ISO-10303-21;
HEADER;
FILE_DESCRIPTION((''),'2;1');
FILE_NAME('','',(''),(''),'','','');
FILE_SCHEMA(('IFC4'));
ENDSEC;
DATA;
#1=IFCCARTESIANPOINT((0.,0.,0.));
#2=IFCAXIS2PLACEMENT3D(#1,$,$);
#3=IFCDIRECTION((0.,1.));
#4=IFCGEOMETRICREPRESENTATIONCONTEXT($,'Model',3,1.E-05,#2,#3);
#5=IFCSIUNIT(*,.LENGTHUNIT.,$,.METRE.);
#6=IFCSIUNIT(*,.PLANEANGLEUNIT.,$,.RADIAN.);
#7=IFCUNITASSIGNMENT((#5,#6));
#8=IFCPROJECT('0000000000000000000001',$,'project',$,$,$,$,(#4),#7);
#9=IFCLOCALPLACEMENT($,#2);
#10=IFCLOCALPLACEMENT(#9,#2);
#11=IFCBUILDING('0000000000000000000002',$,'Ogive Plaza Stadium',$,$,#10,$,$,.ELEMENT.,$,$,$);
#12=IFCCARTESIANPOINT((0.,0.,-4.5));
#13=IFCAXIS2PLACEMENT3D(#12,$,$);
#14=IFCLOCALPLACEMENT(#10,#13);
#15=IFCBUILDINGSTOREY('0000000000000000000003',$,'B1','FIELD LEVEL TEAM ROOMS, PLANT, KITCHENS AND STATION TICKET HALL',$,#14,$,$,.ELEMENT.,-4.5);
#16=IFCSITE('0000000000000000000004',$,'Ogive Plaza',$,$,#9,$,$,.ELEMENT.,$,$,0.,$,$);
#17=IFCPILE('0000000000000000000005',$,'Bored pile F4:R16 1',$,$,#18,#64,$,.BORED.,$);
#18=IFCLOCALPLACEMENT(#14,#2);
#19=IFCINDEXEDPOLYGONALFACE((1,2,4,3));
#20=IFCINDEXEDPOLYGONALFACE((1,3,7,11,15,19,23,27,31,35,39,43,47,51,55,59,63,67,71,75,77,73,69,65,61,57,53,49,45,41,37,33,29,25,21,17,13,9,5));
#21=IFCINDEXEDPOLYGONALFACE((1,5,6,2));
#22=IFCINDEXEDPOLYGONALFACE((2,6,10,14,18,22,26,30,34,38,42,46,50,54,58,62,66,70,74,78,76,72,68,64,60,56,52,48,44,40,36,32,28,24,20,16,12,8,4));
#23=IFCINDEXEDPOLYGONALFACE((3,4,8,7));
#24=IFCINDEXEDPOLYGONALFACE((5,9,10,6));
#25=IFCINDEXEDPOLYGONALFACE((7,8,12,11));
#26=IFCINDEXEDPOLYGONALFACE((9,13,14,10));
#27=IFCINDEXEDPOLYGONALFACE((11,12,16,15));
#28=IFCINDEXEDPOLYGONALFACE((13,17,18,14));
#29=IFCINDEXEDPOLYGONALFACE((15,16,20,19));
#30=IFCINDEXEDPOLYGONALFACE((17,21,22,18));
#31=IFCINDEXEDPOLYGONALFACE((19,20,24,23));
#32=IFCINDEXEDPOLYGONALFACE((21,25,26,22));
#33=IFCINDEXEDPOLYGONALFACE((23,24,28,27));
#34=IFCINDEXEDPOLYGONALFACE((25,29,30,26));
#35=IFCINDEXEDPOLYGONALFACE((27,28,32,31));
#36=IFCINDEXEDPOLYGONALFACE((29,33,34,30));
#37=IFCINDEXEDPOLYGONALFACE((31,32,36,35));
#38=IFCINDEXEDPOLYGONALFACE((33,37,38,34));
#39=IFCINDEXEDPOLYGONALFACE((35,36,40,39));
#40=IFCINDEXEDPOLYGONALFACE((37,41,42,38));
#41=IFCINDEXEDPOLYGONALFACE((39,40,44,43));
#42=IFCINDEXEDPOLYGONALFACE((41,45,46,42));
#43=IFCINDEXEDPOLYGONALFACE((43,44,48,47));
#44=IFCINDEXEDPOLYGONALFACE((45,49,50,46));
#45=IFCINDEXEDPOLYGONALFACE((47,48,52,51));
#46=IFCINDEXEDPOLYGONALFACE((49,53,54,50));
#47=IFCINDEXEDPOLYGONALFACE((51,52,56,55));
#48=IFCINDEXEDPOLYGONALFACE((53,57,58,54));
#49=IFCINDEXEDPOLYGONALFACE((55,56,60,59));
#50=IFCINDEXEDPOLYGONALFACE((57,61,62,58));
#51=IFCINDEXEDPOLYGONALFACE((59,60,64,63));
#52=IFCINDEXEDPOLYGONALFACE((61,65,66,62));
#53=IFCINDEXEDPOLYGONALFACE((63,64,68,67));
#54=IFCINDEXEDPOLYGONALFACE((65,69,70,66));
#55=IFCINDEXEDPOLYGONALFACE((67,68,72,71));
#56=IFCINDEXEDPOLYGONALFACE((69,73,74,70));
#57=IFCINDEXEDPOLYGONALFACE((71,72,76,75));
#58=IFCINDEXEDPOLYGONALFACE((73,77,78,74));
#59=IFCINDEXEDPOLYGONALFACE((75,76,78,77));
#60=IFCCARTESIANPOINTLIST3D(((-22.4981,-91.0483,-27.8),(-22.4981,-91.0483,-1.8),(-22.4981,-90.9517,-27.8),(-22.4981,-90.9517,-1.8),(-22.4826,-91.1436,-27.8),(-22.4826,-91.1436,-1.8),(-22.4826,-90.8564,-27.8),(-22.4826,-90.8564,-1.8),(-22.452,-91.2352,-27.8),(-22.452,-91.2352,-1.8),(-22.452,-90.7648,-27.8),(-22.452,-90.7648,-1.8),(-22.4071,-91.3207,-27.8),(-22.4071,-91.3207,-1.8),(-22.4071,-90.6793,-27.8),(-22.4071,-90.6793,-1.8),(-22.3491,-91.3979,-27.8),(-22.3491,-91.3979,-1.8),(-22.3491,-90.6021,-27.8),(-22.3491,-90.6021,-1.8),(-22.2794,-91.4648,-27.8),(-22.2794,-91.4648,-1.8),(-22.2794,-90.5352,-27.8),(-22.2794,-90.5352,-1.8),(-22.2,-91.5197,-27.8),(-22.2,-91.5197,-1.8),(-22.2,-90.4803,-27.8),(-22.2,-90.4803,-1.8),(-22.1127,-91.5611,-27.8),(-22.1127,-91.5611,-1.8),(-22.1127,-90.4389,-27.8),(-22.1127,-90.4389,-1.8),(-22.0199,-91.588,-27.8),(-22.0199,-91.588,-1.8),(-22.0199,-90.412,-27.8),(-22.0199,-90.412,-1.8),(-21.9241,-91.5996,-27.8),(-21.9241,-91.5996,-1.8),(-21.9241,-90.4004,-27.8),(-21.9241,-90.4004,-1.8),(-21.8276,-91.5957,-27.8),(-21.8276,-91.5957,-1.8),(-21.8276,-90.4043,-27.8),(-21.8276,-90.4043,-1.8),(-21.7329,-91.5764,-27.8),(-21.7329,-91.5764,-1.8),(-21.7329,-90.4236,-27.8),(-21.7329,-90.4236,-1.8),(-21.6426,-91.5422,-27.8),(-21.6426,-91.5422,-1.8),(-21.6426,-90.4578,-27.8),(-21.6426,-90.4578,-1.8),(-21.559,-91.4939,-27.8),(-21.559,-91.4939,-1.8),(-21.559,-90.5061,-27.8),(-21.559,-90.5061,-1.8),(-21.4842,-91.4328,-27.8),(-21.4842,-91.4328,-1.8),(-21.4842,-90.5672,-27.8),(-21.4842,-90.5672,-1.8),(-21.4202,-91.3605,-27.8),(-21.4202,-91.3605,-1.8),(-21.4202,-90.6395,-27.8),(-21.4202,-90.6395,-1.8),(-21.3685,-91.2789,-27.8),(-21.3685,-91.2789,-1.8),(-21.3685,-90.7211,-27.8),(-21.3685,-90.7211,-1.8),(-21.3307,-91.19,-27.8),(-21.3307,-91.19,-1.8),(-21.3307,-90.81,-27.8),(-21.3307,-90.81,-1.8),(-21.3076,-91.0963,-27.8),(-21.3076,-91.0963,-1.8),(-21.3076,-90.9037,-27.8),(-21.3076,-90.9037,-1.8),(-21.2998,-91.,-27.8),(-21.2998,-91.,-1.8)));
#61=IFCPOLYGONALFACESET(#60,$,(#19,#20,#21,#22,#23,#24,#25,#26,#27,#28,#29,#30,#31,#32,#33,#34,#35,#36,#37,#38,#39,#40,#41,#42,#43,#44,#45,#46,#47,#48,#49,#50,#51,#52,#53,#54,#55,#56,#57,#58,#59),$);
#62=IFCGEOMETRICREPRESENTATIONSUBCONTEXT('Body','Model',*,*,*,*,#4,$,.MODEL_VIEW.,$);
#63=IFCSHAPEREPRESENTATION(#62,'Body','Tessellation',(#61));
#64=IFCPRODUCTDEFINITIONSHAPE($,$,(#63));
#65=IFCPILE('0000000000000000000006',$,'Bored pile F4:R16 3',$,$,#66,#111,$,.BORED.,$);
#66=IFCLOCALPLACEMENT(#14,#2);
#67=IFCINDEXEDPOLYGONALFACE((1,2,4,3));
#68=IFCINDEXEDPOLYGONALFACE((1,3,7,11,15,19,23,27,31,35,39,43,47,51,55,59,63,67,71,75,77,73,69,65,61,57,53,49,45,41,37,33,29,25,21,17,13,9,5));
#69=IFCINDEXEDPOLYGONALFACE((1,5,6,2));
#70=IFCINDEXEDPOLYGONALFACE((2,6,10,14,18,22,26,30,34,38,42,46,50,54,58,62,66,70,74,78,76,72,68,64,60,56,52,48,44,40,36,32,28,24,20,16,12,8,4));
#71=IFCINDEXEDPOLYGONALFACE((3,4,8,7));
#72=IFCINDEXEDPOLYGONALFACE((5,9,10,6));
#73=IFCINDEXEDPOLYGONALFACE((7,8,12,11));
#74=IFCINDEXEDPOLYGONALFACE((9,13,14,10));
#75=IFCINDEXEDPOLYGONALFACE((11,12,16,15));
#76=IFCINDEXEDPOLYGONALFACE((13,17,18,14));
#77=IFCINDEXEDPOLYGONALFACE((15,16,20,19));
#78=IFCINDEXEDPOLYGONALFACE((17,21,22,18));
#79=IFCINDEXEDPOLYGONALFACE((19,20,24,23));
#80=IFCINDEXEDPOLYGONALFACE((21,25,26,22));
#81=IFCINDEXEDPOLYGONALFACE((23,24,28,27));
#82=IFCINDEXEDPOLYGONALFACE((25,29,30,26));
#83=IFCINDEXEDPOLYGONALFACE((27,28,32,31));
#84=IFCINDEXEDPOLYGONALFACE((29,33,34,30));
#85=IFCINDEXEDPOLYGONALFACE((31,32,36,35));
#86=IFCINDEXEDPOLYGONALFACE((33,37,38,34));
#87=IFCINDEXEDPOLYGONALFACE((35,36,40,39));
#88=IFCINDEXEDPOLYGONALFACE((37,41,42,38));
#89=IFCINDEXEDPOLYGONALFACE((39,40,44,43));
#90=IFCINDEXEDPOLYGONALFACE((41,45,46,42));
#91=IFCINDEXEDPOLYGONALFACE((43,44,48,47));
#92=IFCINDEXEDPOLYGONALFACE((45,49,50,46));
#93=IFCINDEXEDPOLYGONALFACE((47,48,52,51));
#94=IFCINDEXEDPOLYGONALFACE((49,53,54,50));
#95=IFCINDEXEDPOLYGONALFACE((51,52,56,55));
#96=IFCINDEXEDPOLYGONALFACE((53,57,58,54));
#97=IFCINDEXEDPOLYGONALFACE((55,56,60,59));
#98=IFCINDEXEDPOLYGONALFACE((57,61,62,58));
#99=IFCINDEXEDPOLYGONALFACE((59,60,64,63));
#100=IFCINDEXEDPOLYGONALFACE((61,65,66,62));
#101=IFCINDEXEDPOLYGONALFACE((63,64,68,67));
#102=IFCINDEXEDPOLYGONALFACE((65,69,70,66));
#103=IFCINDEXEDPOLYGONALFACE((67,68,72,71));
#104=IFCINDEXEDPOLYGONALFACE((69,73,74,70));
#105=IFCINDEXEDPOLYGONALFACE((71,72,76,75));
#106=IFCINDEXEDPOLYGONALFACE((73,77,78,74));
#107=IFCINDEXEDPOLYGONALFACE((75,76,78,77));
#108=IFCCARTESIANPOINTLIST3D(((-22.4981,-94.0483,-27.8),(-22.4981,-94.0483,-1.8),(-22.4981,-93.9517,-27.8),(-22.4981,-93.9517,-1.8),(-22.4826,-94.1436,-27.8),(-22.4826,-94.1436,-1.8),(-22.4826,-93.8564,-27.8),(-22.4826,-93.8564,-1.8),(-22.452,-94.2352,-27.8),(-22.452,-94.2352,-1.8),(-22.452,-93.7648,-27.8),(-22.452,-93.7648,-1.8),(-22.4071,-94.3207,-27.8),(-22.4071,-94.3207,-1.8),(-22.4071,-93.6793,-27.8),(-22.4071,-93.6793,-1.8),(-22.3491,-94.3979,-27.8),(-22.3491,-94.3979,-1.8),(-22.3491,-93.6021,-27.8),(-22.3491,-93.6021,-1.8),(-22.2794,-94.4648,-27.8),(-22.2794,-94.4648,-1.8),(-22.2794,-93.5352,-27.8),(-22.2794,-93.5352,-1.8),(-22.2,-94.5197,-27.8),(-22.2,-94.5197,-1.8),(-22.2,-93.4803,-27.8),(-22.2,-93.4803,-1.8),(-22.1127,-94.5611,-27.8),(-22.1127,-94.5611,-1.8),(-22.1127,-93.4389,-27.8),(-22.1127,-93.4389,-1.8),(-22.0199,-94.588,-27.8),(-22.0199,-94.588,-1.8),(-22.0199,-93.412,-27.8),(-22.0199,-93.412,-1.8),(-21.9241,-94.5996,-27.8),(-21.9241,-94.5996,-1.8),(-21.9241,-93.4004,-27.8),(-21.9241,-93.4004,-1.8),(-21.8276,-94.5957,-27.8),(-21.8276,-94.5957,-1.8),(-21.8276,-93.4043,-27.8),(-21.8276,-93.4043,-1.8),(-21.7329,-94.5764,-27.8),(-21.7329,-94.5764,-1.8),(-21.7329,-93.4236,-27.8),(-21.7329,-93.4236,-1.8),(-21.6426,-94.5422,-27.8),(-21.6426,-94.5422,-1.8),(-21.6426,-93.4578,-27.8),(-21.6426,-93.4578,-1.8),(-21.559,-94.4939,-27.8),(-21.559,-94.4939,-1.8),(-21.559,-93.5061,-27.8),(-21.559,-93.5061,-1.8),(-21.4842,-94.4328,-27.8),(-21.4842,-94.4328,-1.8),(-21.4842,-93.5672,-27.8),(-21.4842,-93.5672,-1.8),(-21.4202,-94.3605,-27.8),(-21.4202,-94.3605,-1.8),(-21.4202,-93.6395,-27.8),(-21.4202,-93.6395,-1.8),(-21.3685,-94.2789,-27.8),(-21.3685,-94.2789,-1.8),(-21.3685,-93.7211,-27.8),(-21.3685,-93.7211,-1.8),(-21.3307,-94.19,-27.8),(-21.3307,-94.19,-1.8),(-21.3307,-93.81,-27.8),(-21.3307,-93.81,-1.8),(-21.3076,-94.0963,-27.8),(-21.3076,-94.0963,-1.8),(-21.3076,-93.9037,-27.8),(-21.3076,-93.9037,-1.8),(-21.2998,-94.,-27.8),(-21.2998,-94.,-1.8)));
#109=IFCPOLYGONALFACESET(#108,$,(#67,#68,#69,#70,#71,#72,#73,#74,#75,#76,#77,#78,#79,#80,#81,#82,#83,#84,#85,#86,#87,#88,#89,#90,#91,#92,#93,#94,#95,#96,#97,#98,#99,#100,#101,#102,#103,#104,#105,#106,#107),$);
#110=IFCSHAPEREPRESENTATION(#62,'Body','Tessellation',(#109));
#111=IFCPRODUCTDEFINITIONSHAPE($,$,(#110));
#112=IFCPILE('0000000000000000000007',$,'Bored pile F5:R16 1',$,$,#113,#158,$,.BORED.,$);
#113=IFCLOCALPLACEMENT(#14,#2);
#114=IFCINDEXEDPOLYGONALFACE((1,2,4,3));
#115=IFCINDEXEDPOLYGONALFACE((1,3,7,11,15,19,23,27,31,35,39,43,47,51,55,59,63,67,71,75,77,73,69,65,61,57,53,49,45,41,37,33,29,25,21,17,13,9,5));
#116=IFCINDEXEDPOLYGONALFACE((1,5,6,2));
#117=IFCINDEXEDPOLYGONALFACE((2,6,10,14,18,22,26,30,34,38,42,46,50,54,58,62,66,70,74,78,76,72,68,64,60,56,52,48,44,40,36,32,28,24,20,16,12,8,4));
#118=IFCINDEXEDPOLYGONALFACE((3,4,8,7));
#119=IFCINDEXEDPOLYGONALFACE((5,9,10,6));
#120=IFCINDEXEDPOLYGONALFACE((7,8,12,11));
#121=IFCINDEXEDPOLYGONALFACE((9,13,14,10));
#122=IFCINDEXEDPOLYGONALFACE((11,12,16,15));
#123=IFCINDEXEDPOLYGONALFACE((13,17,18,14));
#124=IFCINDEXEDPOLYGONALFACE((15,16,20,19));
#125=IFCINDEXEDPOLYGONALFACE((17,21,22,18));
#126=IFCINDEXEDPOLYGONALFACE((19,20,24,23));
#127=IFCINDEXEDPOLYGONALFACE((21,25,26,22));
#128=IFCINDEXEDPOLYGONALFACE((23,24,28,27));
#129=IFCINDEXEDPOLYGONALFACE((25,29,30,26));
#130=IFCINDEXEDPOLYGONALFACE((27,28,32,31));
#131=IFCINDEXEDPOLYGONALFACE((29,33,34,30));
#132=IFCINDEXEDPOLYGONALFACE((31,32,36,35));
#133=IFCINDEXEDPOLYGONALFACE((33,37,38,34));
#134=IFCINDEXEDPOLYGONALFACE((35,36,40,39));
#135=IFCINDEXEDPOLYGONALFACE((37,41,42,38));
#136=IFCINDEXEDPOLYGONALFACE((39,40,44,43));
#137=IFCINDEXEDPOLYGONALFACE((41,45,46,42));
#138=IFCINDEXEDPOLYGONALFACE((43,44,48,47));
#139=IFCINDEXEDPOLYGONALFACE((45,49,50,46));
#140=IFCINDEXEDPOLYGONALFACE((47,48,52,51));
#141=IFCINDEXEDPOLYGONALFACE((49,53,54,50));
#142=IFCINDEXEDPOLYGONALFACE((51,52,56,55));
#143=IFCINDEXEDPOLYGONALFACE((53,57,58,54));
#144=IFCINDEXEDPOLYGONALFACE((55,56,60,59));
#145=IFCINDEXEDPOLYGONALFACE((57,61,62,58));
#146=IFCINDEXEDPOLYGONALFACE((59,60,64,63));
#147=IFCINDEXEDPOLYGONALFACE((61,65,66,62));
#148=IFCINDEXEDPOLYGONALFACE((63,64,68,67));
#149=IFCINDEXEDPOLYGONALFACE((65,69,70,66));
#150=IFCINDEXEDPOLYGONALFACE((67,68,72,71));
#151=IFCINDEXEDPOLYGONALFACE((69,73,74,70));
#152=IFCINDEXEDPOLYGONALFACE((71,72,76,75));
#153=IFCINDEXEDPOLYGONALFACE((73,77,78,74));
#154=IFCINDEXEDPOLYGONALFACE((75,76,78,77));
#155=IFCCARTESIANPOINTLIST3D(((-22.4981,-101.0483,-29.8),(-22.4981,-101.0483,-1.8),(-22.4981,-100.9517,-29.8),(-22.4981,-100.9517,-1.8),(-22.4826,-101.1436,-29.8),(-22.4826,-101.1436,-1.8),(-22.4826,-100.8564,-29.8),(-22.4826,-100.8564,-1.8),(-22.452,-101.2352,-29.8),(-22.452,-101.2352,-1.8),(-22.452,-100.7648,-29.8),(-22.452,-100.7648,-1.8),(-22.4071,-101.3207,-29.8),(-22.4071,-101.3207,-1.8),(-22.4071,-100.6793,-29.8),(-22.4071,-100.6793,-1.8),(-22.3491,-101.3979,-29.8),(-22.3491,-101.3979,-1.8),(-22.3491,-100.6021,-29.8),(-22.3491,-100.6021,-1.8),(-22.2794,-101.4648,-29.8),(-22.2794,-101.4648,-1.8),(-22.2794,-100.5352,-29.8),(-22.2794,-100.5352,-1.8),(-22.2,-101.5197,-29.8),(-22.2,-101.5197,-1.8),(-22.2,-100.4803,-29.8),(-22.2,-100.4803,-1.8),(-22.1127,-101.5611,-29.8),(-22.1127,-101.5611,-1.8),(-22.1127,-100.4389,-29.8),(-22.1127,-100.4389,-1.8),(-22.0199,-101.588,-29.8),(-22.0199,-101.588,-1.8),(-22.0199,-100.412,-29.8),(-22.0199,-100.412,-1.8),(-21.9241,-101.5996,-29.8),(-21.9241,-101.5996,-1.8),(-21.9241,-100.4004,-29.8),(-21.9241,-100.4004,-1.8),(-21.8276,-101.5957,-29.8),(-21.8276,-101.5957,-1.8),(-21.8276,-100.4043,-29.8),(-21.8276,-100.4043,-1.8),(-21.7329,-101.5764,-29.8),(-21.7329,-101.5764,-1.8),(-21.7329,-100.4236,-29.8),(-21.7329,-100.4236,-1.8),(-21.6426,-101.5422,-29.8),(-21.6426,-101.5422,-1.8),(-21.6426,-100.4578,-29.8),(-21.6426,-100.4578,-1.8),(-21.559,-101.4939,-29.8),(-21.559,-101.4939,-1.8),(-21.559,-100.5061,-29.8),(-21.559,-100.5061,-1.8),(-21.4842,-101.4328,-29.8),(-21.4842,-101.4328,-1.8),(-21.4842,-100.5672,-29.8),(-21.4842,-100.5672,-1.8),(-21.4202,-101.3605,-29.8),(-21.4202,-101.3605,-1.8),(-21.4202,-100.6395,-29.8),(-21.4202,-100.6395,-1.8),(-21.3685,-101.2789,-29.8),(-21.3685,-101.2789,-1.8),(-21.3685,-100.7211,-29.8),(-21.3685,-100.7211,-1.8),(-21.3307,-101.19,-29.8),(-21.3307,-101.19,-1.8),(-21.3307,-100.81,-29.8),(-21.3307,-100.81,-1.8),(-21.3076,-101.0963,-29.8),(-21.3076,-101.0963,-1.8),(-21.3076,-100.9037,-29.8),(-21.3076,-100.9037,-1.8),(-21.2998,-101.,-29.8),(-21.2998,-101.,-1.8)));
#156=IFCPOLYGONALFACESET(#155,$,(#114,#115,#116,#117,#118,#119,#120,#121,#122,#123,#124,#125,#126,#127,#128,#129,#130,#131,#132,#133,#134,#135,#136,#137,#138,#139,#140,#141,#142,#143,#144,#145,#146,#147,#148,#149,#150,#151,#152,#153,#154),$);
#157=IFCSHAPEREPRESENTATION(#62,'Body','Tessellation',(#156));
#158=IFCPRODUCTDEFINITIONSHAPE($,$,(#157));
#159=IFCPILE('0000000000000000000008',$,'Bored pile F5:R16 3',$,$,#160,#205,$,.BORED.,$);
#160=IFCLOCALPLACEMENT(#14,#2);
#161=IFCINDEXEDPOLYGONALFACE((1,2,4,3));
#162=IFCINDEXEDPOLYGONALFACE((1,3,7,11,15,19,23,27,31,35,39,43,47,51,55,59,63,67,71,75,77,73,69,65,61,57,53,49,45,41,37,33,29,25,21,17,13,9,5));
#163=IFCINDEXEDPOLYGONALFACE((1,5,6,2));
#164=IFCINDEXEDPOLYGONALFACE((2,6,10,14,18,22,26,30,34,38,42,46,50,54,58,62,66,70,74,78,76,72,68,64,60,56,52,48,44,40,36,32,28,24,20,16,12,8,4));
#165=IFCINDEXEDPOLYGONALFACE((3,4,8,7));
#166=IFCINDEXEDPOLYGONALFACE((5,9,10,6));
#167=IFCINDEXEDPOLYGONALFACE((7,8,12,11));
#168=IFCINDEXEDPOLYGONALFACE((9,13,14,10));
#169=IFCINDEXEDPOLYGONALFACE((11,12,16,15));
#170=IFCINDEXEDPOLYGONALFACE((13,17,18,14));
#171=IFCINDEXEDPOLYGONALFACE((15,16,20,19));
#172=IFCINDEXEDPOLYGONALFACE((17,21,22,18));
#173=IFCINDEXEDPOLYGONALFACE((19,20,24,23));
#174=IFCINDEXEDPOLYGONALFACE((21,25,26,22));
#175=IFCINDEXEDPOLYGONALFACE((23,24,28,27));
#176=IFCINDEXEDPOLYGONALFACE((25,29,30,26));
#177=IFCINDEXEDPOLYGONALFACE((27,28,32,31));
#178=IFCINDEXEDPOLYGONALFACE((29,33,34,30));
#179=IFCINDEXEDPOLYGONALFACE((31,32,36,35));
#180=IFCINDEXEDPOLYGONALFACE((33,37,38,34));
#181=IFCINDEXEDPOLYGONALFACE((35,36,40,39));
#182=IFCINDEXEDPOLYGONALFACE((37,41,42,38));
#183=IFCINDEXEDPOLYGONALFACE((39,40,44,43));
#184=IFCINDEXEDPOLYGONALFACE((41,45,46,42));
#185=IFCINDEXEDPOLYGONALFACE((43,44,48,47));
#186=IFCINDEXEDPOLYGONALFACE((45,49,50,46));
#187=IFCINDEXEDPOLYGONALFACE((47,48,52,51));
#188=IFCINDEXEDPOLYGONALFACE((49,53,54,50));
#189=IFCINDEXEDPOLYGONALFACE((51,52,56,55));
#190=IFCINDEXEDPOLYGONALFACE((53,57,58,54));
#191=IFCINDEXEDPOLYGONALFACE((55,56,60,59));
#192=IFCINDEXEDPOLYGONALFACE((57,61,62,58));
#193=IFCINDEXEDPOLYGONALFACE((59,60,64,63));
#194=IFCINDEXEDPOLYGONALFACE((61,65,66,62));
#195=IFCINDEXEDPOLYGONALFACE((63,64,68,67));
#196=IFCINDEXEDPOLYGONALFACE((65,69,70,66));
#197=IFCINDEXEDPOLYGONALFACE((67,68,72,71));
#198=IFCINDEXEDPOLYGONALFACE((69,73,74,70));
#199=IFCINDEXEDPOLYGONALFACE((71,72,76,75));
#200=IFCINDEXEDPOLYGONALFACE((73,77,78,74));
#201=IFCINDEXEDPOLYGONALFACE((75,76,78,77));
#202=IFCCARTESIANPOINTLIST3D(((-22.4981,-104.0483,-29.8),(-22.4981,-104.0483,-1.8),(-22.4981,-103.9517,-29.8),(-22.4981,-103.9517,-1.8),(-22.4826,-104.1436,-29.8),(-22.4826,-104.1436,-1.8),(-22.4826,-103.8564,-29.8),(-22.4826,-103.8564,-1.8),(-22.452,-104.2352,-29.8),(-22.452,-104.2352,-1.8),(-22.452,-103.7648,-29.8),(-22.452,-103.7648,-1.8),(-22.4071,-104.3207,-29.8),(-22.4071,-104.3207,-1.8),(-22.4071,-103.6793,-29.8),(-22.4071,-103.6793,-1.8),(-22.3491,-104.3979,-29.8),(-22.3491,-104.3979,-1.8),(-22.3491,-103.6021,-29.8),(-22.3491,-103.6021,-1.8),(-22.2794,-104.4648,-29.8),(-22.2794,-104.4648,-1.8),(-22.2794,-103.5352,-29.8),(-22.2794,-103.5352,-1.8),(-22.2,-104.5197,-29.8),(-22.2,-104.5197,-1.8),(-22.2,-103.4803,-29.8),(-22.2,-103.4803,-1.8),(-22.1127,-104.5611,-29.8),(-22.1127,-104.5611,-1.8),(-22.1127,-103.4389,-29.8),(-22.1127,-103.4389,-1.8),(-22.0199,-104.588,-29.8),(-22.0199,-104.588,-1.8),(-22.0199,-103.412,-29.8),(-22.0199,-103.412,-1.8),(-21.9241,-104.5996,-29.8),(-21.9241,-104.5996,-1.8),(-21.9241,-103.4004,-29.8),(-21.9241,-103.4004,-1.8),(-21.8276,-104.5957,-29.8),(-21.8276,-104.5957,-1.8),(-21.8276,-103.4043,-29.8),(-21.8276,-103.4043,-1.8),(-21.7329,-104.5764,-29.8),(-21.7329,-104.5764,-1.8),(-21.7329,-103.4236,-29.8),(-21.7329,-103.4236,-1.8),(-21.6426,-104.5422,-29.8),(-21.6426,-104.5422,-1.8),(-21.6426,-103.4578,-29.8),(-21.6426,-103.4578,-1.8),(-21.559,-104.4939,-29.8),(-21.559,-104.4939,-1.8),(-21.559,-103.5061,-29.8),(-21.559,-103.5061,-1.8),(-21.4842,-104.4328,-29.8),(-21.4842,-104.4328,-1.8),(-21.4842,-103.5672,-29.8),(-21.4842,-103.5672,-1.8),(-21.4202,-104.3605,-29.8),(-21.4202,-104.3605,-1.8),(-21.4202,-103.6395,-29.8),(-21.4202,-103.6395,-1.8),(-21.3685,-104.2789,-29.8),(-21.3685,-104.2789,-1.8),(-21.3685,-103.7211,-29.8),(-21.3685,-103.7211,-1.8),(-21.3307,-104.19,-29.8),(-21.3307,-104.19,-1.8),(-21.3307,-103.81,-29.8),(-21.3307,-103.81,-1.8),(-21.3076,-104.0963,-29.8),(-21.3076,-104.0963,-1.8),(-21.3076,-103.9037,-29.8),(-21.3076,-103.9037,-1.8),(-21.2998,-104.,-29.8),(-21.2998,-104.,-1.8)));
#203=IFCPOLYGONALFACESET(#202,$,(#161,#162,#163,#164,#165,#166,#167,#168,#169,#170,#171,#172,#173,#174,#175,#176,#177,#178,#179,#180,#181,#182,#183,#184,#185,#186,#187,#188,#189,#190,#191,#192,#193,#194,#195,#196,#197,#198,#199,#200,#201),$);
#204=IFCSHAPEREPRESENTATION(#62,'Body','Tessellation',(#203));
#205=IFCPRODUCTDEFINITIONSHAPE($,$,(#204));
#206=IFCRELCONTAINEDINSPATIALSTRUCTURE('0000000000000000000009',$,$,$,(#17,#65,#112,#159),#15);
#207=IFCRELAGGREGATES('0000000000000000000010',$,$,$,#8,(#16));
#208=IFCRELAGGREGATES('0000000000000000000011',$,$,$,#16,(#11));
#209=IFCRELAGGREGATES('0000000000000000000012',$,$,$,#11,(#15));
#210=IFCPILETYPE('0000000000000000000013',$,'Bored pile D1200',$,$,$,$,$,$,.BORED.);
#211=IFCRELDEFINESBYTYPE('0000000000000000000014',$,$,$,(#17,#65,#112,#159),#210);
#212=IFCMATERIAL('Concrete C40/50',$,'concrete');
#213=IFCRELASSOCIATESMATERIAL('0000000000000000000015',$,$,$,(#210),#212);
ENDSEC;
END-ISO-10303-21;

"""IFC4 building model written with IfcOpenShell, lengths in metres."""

from ifc_helpers import new_model, si_unit, direction, frame, origin, origin_2d, place, context, subcontext, project, spatial, circle, extrude, material, material_profile, profile_set, type_object, element, save


model = new_model("IFC4")

# Units and contexts
model_context = context("Model", 3, precision=1e-05, world=origin(), true_north=direction((0.0, 1.0)))
body_context = subcontext(model_context, "Body", "Model", "MODEL_VIEW")
ifc_project = project(units=[si_unit("LENGTHUNIT", "METRE"), si_unit("PLANEANGLEUNIT", "RADIAN")], contexts=[model_context])

# Site, building, storey
site_placement = place(None, origin())
site = spatial("IfcSite", under=ifc_project, at=site_placement, Name="Ogive Plaza", CompositionType="ELEMENT", RefElevation=0.0)
building_placement = place(site_placement, origin())
building = spatial("IfcBuilding", under=site, at=building_placement, Name="Ogive Plaza Stadium", CompositionType="ELEMENT")
storey_placement = place(building_placement, frame((0.0, 0.0, -4.5)))
storey = spatial("IfcBuildingStorey", under=building, at=storey_placement, Name="B1", Description="FIELD LEVEL TEAM ROOMS, PLANT, KITCHENS AND STATION TICKET HALL", CompositionType="ELEMENT", Elevation=-4.5)

# Piles
ifc_material_1 = material(Name="Concrete C40/50", Category="concrete")
ifc_material_profile_1 = material_profile(ifc_material_1, circle(Radius=0.6001, at=origin_2d()), Name="RC D1200")
ifc_profile_set_1 = profile_set([ifc_material_profile_1], Name="Concrete C40/50")
pile_type = type_object("IfcPileType", Name="Bored pile D1200", PredefinedType="BORED", material=ifc_profile_set_1)
for number, where, z_axis, x_axis, name in (
    (1, (-21.8999, -91.0, -1.8), (0.0, 0.0, -1.0), (1.0, 0.0, 0.0), "Bored pile F4:R16 1"),
    (2, (-21.8999, -94.0, -1.8), (0.0, 0.0, -1.0), (1.0, 0.0, 0.0), "Bored pile F4:R16 3"),
):
    element("IfcPile", number, at=place(storey_placement, frame(where, z_axis=z_axis, x_axis=x_axis)), inside=storey, type_object=pile_type, Name=name, PredefinedType="BORED", context=body_context, shape_type="SweptSolid", body=[
        extrude(circle(Radius=0.6001, at=origin_2d()), origin(), (0.0, 0.0, 1.0), 26.0),
    ])
for number, where, z_axis, x_axis, name in (
    (3, (-21.8999, -101.0, -1.8), (0.0, 0.0, -1.0), (1.0, 0.0, 0.0), "Bored pile F5:R16 1"),
    (4, (-21.8999, -104.0, -1.8), (0.0, 0.0, -1.0), (1.0, 0.0, 0.0), "Bored pile F5:R16 3"),
):
    element("IfcPile", number, at=place(storey_placement, frame(where, z_axis=z_axis, x_axis=x_axis)), inside=storey, type_object=pile_type, Name=name, PredefinedType="BORED", context=body_context, shape_type="SweptSolid", body=[
        extrude(circle(Radius=0.6001, at=origin_2d()), origin(), (0.0, 0.0, 1.0), 28.0),
    ])

save(model, "model.ifc")
